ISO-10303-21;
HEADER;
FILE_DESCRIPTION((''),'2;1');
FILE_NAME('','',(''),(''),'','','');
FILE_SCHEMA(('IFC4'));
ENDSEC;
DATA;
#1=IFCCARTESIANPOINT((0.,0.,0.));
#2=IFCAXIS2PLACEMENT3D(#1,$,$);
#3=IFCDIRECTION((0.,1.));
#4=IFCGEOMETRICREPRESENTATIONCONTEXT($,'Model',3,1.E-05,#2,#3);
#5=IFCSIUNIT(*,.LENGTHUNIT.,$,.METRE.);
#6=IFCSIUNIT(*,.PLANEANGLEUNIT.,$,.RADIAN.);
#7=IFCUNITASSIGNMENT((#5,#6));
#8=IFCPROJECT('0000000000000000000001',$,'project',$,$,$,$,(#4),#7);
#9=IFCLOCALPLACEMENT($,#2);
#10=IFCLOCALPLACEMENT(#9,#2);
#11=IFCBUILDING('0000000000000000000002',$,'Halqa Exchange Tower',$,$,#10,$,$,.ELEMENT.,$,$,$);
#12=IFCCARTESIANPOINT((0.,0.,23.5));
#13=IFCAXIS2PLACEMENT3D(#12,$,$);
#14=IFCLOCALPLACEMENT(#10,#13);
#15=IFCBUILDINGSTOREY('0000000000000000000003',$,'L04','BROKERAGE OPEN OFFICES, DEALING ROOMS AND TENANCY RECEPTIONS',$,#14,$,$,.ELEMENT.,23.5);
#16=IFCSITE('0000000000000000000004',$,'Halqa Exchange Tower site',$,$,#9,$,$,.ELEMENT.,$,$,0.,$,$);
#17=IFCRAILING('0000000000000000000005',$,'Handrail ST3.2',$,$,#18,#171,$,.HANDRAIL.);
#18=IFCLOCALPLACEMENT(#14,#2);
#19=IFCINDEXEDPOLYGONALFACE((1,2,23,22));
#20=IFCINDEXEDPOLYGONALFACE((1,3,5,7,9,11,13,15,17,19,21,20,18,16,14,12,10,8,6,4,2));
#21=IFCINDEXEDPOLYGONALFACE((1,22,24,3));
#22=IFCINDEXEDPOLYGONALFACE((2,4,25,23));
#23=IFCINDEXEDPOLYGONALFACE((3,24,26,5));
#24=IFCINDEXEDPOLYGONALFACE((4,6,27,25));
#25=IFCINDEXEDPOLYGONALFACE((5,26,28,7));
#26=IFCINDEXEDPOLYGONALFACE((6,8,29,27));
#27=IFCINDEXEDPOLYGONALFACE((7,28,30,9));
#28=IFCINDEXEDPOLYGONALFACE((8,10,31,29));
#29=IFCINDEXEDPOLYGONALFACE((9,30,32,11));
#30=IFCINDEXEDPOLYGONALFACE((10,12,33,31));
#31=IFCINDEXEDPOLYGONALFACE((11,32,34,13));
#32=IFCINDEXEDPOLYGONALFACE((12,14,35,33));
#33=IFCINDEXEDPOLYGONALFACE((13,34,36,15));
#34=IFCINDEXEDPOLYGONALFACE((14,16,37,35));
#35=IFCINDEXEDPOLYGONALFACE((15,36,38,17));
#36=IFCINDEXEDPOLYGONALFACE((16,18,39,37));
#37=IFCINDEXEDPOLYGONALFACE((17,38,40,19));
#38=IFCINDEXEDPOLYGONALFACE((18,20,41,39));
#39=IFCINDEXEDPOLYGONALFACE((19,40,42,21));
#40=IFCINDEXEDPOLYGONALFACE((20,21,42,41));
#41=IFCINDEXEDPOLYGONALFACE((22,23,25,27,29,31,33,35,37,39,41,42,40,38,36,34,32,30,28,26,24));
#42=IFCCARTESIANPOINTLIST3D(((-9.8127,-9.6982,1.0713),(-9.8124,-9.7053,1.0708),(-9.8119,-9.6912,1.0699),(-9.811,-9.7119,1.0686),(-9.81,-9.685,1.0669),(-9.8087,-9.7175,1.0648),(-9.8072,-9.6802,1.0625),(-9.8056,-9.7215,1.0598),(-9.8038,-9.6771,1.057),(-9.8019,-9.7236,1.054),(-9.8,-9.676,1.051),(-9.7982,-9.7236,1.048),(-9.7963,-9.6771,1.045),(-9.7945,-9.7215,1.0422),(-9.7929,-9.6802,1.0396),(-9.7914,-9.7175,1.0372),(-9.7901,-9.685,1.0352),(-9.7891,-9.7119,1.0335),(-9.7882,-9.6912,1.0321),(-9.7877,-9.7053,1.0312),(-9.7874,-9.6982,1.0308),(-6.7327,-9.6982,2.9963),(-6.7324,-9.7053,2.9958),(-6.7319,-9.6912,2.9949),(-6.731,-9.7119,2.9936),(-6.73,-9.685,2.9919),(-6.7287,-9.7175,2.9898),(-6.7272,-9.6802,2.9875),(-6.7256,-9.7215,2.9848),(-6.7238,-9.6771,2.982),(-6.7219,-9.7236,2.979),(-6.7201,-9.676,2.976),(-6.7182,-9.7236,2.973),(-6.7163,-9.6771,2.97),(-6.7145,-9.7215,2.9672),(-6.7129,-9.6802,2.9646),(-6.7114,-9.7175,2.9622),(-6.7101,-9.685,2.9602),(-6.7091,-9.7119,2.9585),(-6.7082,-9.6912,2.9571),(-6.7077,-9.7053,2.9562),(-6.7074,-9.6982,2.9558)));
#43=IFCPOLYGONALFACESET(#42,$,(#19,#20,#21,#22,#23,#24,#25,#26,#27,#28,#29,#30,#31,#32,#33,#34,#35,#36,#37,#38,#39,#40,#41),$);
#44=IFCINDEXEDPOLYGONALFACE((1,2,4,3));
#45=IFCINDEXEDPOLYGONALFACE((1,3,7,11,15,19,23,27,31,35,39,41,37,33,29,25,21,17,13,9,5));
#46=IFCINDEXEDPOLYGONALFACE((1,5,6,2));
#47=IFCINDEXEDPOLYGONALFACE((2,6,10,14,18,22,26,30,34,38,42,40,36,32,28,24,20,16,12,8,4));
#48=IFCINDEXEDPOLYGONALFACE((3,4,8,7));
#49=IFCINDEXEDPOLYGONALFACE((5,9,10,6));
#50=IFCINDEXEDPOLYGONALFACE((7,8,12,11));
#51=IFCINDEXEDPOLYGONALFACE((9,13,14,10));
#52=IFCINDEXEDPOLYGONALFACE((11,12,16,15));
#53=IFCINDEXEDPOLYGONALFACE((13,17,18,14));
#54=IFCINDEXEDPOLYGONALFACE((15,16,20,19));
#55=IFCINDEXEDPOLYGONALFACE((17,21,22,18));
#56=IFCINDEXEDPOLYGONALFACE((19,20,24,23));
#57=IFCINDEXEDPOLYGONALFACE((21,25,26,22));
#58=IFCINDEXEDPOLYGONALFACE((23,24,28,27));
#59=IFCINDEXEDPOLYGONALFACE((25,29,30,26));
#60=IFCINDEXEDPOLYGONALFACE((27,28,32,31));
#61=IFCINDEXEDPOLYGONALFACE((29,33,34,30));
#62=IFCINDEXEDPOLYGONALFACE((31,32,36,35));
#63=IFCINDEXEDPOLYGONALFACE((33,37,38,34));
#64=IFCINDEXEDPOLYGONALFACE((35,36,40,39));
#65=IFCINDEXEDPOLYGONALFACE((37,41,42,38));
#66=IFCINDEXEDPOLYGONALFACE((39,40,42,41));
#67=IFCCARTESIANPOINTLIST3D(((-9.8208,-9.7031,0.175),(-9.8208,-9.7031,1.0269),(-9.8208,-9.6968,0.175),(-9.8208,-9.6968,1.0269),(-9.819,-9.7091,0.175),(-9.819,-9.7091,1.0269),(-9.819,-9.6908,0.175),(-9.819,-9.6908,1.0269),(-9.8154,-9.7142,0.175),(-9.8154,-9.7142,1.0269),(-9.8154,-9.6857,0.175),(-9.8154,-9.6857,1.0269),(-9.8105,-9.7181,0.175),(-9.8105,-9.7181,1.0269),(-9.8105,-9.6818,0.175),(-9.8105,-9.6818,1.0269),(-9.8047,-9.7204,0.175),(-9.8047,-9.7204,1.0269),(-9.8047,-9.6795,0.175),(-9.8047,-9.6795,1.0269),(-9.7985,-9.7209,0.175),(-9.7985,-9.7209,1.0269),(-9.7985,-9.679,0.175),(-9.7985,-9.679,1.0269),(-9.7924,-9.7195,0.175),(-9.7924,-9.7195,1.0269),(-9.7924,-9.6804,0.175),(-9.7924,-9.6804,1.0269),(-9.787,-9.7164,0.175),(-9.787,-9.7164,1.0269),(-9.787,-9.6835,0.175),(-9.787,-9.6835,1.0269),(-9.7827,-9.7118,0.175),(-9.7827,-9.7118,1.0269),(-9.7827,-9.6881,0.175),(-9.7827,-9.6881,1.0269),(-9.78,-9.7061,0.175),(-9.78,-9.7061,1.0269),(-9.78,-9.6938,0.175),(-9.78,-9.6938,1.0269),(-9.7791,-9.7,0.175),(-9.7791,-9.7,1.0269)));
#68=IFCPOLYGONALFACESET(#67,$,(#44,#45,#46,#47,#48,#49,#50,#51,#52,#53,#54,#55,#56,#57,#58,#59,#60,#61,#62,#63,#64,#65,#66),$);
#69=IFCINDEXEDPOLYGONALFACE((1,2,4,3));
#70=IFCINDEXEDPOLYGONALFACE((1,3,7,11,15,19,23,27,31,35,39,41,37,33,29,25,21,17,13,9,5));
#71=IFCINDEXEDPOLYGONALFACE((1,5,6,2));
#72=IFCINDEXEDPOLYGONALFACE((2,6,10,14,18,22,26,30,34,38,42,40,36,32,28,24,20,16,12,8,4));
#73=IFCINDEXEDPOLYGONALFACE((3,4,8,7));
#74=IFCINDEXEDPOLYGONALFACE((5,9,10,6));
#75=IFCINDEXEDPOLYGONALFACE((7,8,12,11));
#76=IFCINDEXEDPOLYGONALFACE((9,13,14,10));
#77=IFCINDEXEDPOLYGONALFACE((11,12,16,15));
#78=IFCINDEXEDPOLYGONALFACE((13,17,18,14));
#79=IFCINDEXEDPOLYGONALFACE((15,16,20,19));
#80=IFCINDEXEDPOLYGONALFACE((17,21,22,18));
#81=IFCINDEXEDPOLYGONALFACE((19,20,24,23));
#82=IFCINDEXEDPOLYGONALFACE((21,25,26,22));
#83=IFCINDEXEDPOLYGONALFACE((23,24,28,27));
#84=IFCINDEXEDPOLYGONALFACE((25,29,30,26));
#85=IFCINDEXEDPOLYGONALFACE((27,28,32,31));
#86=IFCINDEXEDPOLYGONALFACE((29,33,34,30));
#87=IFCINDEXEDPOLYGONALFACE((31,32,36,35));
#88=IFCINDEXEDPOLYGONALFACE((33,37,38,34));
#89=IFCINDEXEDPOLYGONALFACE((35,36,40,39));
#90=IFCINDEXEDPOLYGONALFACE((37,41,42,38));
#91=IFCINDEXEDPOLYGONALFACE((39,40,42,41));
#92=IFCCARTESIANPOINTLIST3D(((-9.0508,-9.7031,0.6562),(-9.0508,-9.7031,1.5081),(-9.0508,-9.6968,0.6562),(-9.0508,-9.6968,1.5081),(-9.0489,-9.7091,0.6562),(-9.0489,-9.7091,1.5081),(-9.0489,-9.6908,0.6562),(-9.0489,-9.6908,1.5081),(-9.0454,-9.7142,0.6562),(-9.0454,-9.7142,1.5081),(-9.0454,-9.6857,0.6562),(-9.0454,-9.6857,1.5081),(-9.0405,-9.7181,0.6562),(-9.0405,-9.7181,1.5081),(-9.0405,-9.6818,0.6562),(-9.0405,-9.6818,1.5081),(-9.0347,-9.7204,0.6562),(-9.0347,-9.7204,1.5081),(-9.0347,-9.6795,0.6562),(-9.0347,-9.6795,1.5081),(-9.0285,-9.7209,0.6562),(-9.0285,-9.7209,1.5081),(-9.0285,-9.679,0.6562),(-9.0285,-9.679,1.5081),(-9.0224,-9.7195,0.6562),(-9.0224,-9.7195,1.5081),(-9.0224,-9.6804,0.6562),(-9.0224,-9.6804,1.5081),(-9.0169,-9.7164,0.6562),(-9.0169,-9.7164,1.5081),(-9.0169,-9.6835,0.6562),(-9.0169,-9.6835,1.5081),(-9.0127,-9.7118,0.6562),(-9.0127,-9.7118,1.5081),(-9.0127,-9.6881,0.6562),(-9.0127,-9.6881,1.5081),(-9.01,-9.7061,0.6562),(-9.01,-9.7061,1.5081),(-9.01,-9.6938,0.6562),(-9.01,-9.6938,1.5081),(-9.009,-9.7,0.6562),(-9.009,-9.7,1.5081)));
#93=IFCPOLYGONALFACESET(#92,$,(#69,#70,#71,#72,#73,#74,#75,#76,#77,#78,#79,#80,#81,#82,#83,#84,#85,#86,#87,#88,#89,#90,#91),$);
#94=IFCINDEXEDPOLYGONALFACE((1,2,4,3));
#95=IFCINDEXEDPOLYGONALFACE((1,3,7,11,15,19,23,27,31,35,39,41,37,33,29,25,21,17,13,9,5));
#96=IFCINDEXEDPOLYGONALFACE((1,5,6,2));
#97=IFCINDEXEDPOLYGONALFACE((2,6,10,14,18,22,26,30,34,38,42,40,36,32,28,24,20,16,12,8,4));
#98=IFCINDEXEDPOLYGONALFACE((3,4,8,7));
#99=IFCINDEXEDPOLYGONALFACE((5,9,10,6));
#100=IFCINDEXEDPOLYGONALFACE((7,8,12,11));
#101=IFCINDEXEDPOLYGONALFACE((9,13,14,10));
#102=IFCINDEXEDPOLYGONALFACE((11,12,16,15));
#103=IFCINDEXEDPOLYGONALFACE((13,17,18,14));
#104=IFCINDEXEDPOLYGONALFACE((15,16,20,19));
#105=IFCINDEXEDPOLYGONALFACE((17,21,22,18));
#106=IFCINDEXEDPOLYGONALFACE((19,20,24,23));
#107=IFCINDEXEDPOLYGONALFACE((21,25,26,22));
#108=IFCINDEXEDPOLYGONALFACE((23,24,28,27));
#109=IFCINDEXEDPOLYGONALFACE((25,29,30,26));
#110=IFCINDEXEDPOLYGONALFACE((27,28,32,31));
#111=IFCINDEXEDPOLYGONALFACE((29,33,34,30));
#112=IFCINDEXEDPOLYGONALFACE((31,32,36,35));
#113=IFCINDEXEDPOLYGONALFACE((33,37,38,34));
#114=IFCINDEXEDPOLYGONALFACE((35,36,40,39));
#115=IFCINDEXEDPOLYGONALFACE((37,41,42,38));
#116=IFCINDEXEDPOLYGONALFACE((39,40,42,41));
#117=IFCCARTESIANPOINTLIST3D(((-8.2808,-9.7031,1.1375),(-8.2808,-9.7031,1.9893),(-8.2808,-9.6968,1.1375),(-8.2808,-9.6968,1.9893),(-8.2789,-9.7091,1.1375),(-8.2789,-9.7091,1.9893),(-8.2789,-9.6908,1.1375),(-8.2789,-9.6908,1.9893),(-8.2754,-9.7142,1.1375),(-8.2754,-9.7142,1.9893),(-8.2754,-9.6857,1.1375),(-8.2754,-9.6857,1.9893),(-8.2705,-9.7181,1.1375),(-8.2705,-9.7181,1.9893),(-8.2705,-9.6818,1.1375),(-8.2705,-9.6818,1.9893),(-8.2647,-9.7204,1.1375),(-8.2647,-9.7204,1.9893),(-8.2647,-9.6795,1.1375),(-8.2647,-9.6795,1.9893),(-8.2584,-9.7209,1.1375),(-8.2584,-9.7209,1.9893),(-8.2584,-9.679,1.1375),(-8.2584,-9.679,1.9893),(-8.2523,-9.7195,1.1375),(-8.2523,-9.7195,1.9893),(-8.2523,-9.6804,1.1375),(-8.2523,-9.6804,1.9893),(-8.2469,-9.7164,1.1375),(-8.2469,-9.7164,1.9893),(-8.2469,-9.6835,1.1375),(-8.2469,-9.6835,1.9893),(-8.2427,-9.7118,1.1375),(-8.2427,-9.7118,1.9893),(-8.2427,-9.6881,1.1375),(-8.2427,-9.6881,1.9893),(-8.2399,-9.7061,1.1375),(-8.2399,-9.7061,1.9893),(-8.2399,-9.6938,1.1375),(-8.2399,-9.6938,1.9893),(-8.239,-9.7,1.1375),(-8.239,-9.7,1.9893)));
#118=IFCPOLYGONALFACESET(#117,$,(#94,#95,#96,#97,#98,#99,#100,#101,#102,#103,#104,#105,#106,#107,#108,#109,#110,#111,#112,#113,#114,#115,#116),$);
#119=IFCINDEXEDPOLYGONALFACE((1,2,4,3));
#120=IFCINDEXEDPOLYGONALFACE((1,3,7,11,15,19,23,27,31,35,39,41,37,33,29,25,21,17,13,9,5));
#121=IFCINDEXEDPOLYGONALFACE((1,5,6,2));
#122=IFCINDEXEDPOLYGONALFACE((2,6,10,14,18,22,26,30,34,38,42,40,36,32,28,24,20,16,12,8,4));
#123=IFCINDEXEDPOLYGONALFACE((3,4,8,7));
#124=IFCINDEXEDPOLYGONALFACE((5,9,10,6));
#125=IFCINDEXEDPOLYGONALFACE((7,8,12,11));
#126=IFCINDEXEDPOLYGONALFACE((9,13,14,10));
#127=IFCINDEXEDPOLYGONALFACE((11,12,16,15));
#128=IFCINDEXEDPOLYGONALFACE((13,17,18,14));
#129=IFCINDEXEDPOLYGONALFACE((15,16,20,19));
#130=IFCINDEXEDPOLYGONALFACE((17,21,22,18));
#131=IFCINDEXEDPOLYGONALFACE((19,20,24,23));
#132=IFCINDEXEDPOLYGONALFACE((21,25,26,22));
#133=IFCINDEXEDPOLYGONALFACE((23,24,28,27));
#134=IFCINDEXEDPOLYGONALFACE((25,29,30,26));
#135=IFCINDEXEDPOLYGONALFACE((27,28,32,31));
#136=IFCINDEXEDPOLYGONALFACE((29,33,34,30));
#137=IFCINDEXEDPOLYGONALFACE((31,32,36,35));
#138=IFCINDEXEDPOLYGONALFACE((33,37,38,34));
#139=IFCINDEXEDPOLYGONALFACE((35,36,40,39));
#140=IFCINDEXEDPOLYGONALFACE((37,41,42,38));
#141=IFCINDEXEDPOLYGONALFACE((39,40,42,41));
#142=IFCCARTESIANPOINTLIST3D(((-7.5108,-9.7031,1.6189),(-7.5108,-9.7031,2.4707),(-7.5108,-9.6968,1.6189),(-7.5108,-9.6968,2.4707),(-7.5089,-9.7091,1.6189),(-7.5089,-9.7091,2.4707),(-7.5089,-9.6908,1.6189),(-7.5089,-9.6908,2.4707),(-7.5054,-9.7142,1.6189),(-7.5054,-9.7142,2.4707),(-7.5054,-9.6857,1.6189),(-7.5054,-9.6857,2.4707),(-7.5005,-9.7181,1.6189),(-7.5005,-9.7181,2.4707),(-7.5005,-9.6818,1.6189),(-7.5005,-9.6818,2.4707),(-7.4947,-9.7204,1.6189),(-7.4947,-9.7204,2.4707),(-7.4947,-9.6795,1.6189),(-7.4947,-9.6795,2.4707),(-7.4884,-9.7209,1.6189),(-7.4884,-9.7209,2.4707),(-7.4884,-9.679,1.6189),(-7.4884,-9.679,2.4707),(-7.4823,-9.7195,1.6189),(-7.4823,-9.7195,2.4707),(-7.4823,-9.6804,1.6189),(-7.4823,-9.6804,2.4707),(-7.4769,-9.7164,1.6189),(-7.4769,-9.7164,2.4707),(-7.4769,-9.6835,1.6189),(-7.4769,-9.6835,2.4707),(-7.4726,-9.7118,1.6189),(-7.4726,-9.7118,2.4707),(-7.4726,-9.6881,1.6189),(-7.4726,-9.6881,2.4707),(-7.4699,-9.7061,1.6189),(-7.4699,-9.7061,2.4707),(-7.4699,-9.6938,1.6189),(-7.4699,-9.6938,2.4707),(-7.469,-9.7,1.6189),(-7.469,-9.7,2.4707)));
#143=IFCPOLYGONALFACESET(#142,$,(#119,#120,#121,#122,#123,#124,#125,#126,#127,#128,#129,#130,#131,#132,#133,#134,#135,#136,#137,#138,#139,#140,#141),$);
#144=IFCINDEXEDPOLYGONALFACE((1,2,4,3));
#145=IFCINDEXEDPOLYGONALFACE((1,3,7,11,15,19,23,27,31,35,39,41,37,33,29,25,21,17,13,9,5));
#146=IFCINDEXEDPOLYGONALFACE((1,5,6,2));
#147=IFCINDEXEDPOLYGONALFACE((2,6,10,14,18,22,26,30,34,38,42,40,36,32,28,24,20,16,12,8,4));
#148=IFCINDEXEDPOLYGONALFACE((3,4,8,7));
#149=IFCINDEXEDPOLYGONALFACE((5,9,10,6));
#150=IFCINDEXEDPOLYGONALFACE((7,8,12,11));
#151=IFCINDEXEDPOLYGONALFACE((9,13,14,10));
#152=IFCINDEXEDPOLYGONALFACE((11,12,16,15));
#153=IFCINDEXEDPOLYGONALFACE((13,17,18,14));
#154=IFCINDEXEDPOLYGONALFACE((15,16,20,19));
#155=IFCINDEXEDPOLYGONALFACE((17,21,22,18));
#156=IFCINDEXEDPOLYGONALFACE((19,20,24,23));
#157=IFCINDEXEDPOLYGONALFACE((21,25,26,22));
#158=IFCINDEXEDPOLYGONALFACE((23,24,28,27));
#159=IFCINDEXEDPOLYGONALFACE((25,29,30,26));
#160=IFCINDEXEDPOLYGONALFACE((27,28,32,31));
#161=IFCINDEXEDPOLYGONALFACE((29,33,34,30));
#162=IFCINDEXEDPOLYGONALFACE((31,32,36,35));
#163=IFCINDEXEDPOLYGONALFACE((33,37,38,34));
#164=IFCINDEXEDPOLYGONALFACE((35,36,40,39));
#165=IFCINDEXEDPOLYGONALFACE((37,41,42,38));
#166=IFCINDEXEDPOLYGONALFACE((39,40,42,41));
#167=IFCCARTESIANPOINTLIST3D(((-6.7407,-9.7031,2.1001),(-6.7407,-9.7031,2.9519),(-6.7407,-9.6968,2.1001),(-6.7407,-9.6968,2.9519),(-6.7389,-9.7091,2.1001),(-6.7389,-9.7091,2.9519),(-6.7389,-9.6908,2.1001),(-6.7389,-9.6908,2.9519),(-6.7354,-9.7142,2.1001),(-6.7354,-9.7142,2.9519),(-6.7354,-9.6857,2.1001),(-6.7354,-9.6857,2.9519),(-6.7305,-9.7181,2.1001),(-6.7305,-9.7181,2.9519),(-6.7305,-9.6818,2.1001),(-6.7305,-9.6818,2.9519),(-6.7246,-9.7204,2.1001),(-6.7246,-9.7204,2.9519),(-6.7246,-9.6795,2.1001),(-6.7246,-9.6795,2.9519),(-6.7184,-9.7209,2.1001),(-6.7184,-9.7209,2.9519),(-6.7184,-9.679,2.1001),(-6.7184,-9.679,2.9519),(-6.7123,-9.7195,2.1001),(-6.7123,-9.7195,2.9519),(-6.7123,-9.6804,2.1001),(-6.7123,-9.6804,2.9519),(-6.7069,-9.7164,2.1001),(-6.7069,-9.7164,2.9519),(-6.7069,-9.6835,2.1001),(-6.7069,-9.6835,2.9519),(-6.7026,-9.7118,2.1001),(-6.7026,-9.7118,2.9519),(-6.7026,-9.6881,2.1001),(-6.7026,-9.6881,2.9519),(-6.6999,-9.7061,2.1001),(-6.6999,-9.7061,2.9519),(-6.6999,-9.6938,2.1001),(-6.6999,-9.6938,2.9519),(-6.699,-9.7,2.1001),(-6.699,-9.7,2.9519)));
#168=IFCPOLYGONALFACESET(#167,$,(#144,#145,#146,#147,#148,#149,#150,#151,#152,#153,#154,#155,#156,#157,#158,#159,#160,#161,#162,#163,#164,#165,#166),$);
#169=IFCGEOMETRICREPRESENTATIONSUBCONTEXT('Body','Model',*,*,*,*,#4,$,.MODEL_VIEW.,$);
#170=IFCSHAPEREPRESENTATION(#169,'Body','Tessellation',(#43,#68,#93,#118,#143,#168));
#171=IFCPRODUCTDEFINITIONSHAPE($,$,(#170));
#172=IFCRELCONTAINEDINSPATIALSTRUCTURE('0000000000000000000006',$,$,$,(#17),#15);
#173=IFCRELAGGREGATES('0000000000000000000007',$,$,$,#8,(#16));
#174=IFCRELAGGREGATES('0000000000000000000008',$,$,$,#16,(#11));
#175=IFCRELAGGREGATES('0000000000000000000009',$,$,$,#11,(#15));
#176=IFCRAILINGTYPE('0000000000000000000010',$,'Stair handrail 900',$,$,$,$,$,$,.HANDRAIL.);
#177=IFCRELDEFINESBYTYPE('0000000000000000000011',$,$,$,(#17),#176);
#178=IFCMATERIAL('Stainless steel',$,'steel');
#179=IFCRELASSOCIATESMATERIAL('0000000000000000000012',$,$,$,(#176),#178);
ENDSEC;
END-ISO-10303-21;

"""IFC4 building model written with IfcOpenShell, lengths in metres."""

from ifc_helpers import new_model, si_unit, direction, frame, origin, origin_2d, place, context, subcontext, project, spatial, circle, extrude, material, type_object, element, save


model = new_model("IFC4")

# Units and contexts
model_context = context("Model", 3, precision=1e-05, world=origin(), true_north=direction((0.0, 1.0)))
body_context = subcontext(model_context, "Body", "Model", "MODEL_VIEW")
ifc_project = project(units=[si_unit("LENGTHUNIT", "METRE"), si_unit("PLANEANGLEUNIT", "RADIAN")], contexts=[model_context])

# Site, building, storey
site_placement = place(None, origin())
site = spatial("IfcSite", under=ifc_project, at=site_placement, Name="Halqa Exchange Tower site", CompositionType="ELEMENT", RefElevation=0.0)
building_placement = place(site_placement, origin())
building = spatial("IfcBuilding", under=site, at=building_placement, Name="Halqa Exchange Tower", CompositionType="ELEMENT")
storey_placement = place(building_placement, frame((0.0, 0.0, 23.5)))
storey = spatial("IfcBuildingStorey", under=building, at=storey_placement, Name="L04", Description="BROKERAGE OPEN OFFICES, DEALING ROOMS AND TENANCY RECEPTIONS", CompositionType="ELEMENT", Elevation=23.5)

# Railing
ifc_material_1 = material(Name="Stainless steel", Category="steel")
railing_type_1 = type_object("IfcRailingType", Name="Stair handrail 900", PredefinedType="HANDRAIL", material=ifc_material_1)
railing_1_placement = place(storey_placement, frame((-9.8, -9.7, 0.175)))
element("IfcRailing", 1, at=railing_1_placement, inside=storey, type_object=railing_type_1, Name="Handrail ST3.2", PredefinedType="HANDRAIL", context=body_context, shape_type="SweptSolid", body=[
    extrude(circle(Radius=0.0239, at=origin_2d()), frame((0.0, 0.0, 0.876), z_axis=(0.847998, 0.0, 0.529999), x_axis=(0.0, 1.0, 0.0)), (0.0, 0.0, 1.0), 3.6321),
    extrude(circle(Radius=0.021, at=origin_2d()), origin(), (0.0, 0.0, 1.0), 0.8518),
    extrude(circle(Radius=0.021, at=origin_2d()), frame((0.77, 0.0, 0.4812)), (0.0, 0.0, 1.0), 0.8518),
    extrude(circle(Radius=0.021, at=origin_2d()), frame((1.54, 0.0, 0.9624)), (0.0, 0.0, 1.0), 0.8518),
    extrude(circle(Radius=0.021, at=origin_2d()), frame((2.3101, 0.0, 1.4438)), (0.0, 0.0, 1.0), 0.8518),
    extrude(circle(Radius=0.021, at=origin_2d()), frame((3.0801, 0.0, 1.925)), (0.0, 0.0, 1.0), 0.8518),
])

save(model, "model.ifc")
